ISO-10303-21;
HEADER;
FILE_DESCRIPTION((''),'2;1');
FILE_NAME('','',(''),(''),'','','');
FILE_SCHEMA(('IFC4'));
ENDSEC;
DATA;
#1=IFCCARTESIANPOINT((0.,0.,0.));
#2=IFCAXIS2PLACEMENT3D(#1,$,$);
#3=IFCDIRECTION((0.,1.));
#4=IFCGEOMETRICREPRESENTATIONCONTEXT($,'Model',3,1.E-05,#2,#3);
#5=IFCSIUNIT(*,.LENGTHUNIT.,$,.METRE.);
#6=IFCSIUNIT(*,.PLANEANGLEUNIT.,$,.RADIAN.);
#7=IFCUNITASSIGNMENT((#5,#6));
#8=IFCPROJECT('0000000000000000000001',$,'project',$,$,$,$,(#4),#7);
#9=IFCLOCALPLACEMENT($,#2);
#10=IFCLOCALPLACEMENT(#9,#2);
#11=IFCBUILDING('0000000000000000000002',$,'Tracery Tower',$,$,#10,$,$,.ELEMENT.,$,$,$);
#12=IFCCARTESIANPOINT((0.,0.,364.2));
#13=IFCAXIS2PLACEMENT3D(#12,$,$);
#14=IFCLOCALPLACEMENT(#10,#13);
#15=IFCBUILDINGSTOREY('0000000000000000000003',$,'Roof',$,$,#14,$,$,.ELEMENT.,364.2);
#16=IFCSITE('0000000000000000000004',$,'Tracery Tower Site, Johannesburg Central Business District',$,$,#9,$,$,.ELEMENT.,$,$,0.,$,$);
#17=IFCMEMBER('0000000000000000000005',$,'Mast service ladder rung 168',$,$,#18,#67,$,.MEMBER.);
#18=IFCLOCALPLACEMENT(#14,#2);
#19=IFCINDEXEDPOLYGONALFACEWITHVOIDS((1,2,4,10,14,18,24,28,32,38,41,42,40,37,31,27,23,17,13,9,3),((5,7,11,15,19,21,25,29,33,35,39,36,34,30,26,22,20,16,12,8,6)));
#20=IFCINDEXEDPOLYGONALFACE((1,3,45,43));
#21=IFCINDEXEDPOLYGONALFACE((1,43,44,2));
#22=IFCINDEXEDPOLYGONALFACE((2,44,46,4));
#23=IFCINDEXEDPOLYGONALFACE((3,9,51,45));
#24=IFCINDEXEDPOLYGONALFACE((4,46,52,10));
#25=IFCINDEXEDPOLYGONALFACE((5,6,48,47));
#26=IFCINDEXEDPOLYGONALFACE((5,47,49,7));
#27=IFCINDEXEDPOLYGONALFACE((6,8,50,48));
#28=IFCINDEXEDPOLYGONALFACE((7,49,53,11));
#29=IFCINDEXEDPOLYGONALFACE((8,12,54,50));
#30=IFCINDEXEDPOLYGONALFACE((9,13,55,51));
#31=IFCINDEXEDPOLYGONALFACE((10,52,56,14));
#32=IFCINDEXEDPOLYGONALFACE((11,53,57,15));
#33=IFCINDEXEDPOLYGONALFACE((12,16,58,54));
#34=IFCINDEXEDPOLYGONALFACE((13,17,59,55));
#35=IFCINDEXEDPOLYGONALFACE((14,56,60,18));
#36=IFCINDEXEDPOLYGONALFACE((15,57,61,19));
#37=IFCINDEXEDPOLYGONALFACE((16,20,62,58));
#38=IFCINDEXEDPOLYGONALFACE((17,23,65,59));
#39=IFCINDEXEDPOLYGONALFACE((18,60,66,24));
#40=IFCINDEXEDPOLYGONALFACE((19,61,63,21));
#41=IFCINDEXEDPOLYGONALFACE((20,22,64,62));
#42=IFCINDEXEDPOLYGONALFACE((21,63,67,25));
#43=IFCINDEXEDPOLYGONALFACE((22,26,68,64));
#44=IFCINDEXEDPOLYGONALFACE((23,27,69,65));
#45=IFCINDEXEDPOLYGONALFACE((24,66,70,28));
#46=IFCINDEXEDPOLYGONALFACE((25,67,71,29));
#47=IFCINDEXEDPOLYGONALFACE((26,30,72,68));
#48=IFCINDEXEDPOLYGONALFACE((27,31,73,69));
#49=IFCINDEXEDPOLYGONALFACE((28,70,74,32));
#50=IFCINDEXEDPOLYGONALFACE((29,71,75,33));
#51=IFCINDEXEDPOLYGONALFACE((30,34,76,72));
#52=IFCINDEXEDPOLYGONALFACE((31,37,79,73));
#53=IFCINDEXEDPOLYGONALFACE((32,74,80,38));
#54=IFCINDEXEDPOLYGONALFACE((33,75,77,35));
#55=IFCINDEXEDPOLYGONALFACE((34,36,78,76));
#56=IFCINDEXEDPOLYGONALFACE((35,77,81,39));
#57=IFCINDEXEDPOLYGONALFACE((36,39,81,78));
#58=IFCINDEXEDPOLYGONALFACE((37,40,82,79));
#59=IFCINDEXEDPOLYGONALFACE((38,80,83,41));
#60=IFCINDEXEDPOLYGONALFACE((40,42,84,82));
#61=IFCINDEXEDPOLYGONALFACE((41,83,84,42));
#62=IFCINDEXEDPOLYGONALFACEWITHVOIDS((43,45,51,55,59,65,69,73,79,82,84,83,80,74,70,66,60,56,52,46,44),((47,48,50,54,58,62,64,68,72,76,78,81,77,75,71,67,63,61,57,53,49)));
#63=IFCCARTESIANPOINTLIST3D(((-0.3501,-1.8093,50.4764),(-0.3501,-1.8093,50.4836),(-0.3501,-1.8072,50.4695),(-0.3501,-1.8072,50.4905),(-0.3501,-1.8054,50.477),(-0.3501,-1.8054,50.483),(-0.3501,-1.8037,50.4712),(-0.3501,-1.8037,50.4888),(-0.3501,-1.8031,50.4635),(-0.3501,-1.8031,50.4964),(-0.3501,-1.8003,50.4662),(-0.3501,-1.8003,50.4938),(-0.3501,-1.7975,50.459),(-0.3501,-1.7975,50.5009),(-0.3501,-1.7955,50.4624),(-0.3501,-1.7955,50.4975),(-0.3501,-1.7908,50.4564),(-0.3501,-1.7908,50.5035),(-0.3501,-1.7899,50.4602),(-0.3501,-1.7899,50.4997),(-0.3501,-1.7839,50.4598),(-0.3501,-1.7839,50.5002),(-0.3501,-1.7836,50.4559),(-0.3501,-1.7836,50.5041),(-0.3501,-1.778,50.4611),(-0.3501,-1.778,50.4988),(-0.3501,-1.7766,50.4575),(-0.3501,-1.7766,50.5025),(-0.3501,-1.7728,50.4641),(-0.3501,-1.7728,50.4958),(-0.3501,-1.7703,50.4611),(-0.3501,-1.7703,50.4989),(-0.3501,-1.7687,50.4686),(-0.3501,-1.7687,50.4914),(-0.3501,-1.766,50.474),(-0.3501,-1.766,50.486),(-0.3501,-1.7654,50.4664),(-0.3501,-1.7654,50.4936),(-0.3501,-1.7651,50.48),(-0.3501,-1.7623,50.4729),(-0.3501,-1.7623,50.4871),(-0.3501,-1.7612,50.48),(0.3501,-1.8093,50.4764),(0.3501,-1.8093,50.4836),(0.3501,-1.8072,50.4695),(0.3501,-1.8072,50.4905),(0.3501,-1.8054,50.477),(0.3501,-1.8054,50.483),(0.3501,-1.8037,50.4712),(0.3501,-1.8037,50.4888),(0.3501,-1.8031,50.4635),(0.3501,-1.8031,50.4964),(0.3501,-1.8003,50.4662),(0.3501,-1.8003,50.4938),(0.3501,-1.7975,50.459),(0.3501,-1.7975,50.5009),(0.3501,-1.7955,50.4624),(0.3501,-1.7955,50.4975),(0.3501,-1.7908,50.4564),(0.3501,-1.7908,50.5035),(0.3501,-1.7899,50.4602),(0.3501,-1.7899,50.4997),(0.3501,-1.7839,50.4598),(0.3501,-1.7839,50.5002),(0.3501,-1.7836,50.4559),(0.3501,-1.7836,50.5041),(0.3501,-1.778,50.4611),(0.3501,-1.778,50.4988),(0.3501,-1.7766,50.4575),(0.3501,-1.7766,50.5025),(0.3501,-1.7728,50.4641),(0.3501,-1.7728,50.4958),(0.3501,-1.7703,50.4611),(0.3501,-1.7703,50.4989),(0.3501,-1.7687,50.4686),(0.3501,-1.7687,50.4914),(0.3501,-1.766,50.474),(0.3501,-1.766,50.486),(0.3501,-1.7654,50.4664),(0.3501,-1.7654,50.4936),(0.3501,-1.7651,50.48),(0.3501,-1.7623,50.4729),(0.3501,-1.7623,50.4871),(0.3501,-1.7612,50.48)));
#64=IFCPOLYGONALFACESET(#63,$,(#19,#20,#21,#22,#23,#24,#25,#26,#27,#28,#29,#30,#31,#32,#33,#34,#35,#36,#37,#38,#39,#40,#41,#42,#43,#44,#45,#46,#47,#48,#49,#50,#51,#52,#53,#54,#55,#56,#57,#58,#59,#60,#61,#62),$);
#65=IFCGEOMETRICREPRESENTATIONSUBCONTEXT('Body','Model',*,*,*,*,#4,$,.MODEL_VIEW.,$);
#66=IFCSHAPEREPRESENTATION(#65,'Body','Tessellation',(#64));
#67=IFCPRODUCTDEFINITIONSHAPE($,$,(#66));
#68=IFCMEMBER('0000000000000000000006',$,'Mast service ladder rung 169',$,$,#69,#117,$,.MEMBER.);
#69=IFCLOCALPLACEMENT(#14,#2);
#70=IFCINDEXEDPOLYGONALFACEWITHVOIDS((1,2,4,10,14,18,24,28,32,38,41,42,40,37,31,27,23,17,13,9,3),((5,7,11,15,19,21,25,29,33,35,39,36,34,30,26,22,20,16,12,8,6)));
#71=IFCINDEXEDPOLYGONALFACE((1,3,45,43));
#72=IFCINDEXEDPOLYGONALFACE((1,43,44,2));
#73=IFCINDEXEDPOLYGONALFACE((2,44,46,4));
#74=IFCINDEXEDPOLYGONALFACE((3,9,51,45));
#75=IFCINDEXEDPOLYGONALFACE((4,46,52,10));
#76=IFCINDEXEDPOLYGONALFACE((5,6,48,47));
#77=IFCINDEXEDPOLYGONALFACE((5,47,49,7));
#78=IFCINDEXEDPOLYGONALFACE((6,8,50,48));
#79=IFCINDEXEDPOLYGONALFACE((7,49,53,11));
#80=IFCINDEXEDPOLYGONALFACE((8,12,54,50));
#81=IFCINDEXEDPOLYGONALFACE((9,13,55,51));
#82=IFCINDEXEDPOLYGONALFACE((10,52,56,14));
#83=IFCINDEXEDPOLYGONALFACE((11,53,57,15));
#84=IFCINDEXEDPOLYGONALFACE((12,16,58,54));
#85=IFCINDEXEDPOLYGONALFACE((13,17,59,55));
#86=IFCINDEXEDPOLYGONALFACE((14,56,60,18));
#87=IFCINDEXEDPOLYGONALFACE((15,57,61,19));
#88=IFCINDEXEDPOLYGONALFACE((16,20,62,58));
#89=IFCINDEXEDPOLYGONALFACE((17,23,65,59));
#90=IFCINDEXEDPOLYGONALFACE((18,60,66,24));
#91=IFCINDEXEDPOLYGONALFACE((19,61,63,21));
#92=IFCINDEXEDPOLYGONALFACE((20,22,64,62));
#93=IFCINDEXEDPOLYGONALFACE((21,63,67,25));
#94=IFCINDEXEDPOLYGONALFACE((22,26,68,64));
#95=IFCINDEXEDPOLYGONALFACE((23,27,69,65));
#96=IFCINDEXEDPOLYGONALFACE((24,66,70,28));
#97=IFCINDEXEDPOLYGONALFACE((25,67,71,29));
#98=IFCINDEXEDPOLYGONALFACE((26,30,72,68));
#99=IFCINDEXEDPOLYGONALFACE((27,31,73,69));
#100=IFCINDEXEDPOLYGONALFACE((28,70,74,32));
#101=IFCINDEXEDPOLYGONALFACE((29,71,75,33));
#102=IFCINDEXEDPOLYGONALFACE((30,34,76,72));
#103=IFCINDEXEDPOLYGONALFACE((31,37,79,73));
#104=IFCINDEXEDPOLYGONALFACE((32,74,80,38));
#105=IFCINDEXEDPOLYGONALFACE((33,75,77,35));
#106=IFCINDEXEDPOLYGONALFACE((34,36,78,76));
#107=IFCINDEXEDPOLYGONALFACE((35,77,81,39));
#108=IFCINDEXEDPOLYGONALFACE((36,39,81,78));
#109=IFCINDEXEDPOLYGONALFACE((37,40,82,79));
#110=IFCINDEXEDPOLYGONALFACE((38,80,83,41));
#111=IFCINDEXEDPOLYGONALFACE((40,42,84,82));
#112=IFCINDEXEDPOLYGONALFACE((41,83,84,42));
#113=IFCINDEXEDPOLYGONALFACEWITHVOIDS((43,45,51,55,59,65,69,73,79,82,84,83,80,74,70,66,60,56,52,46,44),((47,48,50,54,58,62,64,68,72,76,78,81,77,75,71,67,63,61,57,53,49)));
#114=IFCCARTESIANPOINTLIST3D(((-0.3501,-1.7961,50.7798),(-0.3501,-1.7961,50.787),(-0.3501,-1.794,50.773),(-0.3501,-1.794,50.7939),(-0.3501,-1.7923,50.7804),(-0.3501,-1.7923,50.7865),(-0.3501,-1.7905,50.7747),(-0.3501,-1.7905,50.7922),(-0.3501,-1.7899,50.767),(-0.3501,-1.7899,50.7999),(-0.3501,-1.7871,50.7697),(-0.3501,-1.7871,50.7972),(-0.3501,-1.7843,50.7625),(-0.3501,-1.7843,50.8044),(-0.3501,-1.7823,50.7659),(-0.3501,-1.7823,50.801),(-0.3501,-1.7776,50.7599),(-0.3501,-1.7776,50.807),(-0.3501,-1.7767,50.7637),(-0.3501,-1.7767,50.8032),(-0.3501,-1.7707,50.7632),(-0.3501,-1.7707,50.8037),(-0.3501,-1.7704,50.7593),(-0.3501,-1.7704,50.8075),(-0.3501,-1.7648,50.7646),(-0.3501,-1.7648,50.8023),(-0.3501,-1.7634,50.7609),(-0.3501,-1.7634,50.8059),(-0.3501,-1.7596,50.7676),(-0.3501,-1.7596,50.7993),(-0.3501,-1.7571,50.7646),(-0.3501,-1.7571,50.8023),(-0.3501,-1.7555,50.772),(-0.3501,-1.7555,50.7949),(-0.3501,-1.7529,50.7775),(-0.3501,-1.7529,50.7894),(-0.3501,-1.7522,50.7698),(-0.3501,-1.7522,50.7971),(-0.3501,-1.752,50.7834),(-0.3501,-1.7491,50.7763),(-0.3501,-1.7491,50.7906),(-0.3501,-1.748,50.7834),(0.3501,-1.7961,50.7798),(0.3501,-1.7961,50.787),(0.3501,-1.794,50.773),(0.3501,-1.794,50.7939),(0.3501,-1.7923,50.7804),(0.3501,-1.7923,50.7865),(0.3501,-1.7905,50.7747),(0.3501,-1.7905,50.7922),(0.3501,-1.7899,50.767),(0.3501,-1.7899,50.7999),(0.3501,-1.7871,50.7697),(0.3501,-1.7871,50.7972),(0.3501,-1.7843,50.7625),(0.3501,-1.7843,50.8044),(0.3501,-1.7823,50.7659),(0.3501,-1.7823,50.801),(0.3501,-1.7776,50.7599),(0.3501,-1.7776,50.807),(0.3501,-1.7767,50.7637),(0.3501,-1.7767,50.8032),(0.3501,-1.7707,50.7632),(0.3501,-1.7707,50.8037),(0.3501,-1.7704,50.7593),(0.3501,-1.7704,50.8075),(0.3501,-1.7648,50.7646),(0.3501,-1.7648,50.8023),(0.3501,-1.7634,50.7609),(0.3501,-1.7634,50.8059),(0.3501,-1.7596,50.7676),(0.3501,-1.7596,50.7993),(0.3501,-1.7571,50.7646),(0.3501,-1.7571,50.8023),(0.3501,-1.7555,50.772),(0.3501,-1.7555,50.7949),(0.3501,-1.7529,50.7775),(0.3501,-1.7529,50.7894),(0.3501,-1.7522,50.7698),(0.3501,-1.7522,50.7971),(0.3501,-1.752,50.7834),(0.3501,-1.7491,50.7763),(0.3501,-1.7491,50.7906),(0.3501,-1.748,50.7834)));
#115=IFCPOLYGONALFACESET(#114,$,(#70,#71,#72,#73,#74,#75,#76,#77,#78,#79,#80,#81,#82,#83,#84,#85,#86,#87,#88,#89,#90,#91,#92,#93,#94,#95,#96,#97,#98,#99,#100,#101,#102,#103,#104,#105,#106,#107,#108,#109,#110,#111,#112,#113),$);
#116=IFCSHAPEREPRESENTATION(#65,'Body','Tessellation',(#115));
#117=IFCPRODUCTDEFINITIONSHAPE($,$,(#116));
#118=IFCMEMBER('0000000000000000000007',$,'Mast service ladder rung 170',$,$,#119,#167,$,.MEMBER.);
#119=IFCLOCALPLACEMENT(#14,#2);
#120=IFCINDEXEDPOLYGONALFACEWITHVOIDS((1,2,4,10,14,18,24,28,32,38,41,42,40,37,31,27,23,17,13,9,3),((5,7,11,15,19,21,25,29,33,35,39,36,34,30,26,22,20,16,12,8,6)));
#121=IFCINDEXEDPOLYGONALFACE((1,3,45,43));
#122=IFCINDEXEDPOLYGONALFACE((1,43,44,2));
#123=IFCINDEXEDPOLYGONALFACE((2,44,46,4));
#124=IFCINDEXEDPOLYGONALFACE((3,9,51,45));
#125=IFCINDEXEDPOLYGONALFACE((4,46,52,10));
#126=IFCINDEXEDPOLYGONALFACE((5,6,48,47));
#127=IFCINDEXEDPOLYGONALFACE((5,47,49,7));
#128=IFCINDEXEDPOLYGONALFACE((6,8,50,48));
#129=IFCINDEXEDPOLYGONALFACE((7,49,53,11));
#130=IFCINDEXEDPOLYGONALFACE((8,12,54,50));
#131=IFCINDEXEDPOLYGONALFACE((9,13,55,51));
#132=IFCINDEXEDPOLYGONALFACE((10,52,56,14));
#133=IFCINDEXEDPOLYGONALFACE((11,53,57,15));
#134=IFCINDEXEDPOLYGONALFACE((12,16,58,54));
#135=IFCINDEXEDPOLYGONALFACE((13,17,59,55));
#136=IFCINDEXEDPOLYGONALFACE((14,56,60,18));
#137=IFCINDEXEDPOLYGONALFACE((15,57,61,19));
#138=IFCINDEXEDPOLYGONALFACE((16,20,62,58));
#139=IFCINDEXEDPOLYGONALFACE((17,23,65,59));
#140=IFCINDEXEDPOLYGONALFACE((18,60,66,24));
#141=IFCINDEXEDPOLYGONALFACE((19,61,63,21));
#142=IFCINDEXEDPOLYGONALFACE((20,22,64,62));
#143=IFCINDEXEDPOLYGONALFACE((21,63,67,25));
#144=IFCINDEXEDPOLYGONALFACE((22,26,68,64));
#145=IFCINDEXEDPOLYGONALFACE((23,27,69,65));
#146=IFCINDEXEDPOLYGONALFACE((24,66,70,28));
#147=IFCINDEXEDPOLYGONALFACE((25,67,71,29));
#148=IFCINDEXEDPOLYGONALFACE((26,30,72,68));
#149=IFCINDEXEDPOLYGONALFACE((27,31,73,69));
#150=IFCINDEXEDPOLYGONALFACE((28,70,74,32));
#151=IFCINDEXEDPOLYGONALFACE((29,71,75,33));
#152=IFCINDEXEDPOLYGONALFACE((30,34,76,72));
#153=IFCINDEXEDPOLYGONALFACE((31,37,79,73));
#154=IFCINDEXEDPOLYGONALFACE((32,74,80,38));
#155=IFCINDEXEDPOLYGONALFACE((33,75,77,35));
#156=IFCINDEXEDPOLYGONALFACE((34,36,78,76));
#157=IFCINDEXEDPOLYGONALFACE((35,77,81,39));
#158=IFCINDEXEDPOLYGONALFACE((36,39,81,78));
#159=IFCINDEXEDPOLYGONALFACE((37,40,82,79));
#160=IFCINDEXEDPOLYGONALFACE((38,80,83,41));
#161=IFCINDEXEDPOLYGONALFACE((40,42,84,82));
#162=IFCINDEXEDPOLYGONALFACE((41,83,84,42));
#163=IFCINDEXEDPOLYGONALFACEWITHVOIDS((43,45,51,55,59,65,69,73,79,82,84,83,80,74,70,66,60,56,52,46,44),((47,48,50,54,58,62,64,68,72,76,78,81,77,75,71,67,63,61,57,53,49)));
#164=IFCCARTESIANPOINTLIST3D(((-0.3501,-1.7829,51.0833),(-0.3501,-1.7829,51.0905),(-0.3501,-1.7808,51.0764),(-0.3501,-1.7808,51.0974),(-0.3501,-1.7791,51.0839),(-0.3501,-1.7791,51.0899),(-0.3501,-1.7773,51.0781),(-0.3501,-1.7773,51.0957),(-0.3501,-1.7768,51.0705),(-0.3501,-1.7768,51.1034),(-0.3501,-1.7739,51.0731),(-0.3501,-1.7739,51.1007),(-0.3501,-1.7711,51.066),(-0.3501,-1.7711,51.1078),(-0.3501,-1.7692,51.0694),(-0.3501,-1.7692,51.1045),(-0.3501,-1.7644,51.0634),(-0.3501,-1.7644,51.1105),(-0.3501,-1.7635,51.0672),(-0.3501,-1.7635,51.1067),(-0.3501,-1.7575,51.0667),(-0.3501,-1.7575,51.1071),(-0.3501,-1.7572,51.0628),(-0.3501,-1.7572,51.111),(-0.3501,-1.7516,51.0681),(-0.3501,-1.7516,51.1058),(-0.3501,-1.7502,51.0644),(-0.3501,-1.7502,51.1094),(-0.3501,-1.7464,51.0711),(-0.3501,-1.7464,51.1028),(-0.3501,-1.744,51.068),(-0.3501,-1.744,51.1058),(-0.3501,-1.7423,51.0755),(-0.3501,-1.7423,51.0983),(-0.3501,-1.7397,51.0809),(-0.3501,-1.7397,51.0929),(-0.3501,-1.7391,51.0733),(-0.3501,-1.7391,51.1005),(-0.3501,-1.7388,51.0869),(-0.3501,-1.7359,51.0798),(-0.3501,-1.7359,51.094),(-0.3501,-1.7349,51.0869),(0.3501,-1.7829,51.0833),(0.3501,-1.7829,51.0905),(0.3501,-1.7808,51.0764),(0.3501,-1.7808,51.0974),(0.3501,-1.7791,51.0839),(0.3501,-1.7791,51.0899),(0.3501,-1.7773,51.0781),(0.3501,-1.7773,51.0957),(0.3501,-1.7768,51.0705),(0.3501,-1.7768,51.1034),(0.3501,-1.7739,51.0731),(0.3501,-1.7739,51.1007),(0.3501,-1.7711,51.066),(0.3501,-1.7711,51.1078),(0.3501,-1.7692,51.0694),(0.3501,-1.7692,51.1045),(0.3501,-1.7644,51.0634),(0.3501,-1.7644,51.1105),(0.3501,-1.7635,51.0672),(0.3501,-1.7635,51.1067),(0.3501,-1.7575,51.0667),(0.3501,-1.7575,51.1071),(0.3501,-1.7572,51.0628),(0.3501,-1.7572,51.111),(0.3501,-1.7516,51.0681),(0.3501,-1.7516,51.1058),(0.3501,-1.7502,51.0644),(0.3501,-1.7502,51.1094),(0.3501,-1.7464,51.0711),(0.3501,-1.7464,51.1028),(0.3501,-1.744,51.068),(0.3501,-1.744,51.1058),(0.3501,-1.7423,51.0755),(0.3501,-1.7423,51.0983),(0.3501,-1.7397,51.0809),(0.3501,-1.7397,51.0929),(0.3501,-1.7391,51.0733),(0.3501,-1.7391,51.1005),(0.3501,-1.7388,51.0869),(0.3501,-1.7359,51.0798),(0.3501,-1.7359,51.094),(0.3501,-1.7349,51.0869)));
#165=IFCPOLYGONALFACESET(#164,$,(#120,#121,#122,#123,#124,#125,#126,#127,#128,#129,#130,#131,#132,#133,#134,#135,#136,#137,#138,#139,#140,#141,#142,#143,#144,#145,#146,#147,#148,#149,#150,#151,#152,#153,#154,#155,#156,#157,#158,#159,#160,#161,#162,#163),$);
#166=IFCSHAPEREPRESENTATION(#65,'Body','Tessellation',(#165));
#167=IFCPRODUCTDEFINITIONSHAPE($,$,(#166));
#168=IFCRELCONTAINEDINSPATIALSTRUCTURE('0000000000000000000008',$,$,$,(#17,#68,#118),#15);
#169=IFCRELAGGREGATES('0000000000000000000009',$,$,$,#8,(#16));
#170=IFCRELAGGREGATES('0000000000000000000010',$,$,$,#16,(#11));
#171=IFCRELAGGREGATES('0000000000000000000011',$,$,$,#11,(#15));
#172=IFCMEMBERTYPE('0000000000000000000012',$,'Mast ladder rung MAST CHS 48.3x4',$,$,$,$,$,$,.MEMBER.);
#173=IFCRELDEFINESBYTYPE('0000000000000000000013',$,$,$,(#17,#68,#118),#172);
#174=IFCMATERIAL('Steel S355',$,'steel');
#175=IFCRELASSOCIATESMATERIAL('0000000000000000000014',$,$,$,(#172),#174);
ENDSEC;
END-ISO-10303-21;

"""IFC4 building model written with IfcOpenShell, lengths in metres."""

from ifc_helpers import new_model, si_unit, direction, frame, origin, origin_2d, place, context, subcontext, project, spatial, hollow_circle, extrude, material, material_profile, profile_set, type_object, element, save


model = new_model("IFC4")

# Units and contexts
model_context = context("Model", 3, precision=1e-05, world=origin(), true_north=direction((0.0, 1.0)))
body_context = subcontext(model_context, "Body", "Model", "MODEL_VIEW")
ifc_project = project(units=[si_unit("LENGTHUNIT", "METRE"), si_unit("PLANEANGLEUNIT", "RADIAN")], contexts=[model_context])

# Site, building, storey
site_placement = place(None, origin())
site = spatial("IfcSite", under=ifc_project, at=site_placement, Name="Tracery Tower Site, Johannesburg Central Business District", CompositionType="ELEMENT", RefElevation=0.0)
building_placement = place(site_placement, origin())
building = spatial("IfcBuilding", under=site, at=building_placement, Name="Tracery Tower", CompositionType="ELEMENT")
storey_placement = place(building_placement, frame((0.0, 0.0, 364.2)))
storey = spatial("IfcBuildingStorey", under=building, at=storey_placement, Name="Roof", CompositionType="ELEMENT", Elevation=364.2)

# Members
ifc_material_1 = material(Name="Steel S355", Category="steel")
ifc_material_profile_1 = material_profile(ifc_material_1, hollow_circle(Radius=0.0242, WallThickness=0.0039, at=origin_2d()), Name="CHS 48.3x4")
ifc_profile_set_1 = profile_set([ifc_material_profile_1], Name="Steel S355")
member_type_1 = type_object("IfcMemberType", Name="Mast ladder rung MAST CHS 48.3x4", PredefinedType="MEMBER", material=ifc_profile_set_1)
for number, where, z_axis, x_axis, name in (
    (1, (-0.3501, -1.7854, 50.48), (1.0, 0.0, 0.0), (0.0, 1.0, 0.0), "Mast service ladder rung 168"),
    (2, (-0.3501, -1.7722, 50.7834), (1.0, 0.0, 0.0), (0.0, 1.0, 0.0), "Mast service ladder rung 169"),
    (3, (-0.3501, -1.759, 51.0869), (1.0, 0.0, 0.0), (0.0, 1.0, 0.0), "Mast service ladder rung 170"),
):
    element("IfcMember", number, at=place(storey_placement, frame(where, z_axis=z_axis, x_axis=x_axis)), inside=storey, type_object=member_type_1, Name=name, PredefinedType="MEMBER", context=body_context, shape_type="SweptSolid", body=[
        extrude(hollow_circle(Radius=0.0242, WallThickness=0.0039, at=origin_2d()), origin(), (0.0, 0.0, 1.0), 0.7002),
    ])

save(model, "model.ifc")
